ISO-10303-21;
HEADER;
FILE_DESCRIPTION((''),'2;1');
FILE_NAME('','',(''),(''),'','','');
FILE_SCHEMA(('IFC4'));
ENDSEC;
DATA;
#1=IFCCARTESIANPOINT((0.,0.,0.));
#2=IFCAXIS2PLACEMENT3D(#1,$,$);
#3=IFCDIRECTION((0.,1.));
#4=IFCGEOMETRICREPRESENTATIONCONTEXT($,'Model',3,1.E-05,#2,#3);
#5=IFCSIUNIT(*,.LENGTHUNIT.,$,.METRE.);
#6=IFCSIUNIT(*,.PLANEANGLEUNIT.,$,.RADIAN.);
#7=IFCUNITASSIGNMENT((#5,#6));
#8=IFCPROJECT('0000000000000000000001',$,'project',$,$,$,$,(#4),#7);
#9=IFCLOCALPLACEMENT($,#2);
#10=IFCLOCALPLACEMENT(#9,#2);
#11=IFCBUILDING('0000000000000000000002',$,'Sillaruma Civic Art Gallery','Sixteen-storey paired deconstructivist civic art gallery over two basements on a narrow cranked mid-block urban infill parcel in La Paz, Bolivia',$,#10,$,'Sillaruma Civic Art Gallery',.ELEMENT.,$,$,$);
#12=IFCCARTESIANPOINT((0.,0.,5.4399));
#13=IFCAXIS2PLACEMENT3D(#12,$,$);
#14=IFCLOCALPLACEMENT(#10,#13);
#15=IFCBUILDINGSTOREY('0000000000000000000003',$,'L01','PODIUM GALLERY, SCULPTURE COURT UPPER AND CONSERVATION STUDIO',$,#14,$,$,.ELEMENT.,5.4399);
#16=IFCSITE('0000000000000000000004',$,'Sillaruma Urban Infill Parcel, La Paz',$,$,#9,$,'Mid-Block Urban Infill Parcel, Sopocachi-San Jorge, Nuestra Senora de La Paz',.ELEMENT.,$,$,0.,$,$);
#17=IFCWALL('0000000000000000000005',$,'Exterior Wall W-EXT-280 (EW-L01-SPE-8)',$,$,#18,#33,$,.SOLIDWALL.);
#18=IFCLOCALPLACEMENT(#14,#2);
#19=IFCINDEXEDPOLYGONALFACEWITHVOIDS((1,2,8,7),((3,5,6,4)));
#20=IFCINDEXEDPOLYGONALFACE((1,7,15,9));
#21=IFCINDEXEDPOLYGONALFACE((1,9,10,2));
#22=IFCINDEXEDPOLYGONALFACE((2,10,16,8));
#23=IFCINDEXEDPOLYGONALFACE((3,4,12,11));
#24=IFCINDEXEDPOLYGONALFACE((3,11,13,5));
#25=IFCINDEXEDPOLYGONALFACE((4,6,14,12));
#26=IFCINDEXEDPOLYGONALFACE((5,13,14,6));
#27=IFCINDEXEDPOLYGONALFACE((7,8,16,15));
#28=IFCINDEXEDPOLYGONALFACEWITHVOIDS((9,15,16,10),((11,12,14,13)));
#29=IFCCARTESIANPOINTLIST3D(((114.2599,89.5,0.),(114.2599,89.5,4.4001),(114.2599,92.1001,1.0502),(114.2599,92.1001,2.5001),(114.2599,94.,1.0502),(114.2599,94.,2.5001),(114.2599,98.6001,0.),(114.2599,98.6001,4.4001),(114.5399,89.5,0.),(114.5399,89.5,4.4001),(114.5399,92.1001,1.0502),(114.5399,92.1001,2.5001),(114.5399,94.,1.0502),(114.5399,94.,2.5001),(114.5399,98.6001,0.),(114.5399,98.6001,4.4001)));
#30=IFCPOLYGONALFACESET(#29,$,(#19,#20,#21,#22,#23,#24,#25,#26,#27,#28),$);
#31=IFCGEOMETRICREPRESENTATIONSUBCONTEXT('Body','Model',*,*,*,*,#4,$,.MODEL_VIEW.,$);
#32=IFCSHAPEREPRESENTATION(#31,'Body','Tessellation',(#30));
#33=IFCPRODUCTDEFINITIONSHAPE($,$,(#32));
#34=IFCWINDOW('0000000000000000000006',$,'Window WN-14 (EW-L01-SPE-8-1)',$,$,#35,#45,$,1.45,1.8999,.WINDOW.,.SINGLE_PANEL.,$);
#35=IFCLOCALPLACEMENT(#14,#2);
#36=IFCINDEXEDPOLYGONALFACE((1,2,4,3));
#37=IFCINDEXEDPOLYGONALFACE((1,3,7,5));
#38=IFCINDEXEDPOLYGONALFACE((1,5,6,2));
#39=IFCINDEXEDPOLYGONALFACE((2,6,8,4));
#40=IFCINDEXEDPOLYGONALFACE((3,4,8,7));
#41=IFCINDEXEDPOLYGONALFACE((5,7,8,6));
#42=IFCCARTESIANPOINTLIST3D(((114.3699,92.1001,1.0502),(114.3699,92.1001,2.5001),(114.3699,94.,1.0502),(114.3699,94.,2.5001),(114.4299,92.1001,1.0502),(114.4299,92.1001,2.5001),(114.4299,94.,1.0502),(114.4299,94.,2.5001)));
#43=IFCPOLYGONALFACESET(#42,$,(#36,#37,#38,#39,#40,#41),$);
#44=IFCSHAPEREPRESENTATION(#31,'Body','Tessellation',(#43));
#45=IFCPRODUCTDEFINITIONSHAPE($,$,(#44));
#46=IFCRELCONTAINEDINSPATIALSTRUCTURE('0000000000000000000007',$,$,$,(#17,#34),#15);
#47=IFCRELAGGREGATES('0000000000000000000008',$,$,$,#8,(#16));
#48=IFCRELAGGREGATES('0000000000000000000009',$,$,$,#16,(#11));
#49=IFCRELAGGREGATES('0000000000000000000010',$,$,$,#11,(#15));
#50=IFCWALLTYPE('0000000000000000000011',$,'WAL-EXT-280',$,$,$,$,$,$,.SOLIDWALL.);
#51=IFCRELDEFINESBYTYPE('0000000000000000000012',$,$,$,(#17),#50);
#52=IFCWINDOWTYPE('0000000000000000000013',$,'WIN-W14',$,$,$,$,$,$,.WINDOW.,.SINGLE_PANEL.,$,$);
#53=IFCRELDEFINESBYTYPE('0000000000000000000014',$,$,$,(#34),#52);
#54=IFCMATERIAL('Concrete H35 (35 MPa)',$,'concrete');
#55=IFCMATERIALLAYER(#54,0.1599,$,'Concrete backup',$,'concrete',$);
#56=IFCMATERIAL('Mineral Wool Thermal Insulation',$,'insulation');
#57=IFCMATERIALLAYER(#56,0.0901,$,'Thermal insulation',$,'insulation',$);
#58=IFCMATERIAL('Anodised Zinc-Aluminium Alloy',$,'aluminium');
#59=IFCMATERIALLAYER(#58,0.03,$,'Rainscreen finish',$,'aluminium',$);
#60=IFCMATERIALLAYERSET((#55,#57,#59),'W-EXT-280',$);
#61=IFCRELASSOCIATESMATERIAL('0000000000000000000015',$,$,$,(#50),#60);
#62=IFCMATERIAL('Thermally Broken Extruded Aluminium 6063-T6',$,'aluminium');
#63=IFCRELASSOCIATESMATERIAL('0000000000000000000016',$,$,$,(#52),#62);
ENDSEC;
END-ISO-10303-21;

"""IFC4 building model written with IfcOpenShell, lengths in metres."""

from ifc_helpers import new_model, si_unit, direction, frame, frame_2d, origin, place, context, subcontext, project, spatial, rectangle, extrude, material, layer, layer_set, type_object, element, fill, save


model = new_model("IFC4")

# Units and contexts
model_context = context("Model", 3, precision=1e-05, world=origin(), true_north=direction((0.0, 1.0)))
body_context = subcontext(model_context, "Body", "Model", "MODEL_VIEW")
ifc_project = project(units=[si_unit("LENGTHUNIT", "METRE"), si_unit("PLANEANGLEUNIT", "RADIAN")], contexts=[model_context])

# Site, building, storey
site_placement = place(None, origin())
site = spatial("IfcSite", under=ifc_project, at=site_placement, Name="Sillaruma Urban Infill Parcel, La Paz", LongName="Mid-Block Urban Infill Parcel, Sopocachi-San Jorge, Nuestra Senora de La Paz", CompositionType="ELEMENT", RefElevation=0.0)
building_placement = place(site_placement, origin())
building = spatial("IfcBuilding", under=site, at=building_placement, Name="Sillaruma Civic Art Gallery", Description="Sixteen-storey paired deconstructivist civic art gallery over two basements on a narrow cranked mid-block urban infill parcel in La Paz, Bolivia", LongName="Sillaruma Civic Art Gallery", CompositionType="ELEMENT")
storey_placement = place(building_placement, frame((0.0, 0.0, 5.4399)))
storey = spatial("IfcBuildingStorey", under=building, at=storey_placement, Name="L01", Description="PODIUM GALLERY, SCULPTURE COURT UPPER AND CONSERVATION STUDIO", CompositionType="ELEMENT", Elevation=5.4399)

# Shared definitions
ifc_material_1 = material(Name="Concrete H35 (35 MPa)", Category="concrete")

# Shared definitions
ifc_material_2 = material(Name="Thermally Broken Extruded Aluminium 6063-T6", Category="aluminium")

# Wall, opening, window
ifc_layer_1 = layer(ifc_material_1, 0.1599, Name="Concrete backup", Category="concrete")
ifc_material_3 = material(Name="Mineral Wool Thermal Insulation", Category="insulation")
ifc_layer_2 = layer(ifc_material_3, 0.0901, Name="Thermal insulation", Category="insulation")
ifc_material_4 = material(Name="Anodised Zinc-Aluminium Alloy", Category="aluminium")
ifc_layer_3 = layer(ifc_material_4, 0.03, Name="Rainscreen finish", Category="aluminium")
ifc_layer_set_1 = layer_set([ifc_layer_1, ifc_layer_2, ifc_layer_3], Name="W-EXT-280")
wall_type = type_object("IfcWallType", Name="WAL-EXT-280", PredefinedType="SOLIDWALL", material=ifc_layer_set_1)
wall_1_placement = place(storey_placement, frame((114.3999, 89.5, 0.0), z_axis=(0.0, 0.0, 1.0), x_axis=(0.0, 1.0, 0.0)))
wall_1 = element("IfcWall", 1, at=wall_1_placement, inside=storey, type_object=wall_type, Name="Exterior Wall W-EXT-280 (EW-L01-SPE-8)", PredefinedType="SOLIDWALL", context=body_context, shape_type="SweptSolid", body=[
    extrude(rectangle(XDim=9.1001, YDim=0.28, at=frame_2d((4.55, 0.0))), origin(), (0.0, 0.0, 1.0), 4.4001),
])
opening_1_placement = place(wall_1_placement, frame((2.6001, 0.0, 1.05)))
opening_1 = element("IfcOpeningElement", 2, at=opening_1_placement, cuts=wall_1, PredefinedType="OPENING", context=body_context, shape_type="SweptSolid", body=[
    extrude(rectangle(XDim=1.8999, YDim=1.45, at=frame_2d((0.95, 0.7251))), frame((0.0, 0.1499, 0.0), z_axis=(0.0, -1.0, 0.0), x_axis=(1.0, 0.0, 0.0)), (0.0, 0.0, 1.0), 0.3),
])
window_type_1 = type_object("IfcWindowType", Name="WIN-W14", PartitioningType="SINGLE_PANEL", PredefinedType="WINDOW", material=ifc_material_2)
window_1_placement = place(opening_1_placement, origin())
window_1 = element("IfcWindow", 3, at=window_1_placement, inside=storey, type_object=window_type_1, Name="Window WN-14 (EW-L01-SPE-8-1)", OverallHeight=1.45, OverallWidth=1.8999, PartitioningType="SINGLE_PANEL", PredefinedType="WINDOW", context=body_context, shape_type="SweptSolid", body=[
    extrude(rectangle(XDim=1.8999, YDim=1.45, at=frame_2d((0.95, 0.7251))), frame((0.0, 0.03, 0.0), z_axis=(0.0, -1.0, 0.0), x_axis=(1.0, 0.0, 0.0)), (0.0, 0.0, 1.0), 0.0601),
])
fill(opening_1, window_1)

save(model, "model.ifc")
